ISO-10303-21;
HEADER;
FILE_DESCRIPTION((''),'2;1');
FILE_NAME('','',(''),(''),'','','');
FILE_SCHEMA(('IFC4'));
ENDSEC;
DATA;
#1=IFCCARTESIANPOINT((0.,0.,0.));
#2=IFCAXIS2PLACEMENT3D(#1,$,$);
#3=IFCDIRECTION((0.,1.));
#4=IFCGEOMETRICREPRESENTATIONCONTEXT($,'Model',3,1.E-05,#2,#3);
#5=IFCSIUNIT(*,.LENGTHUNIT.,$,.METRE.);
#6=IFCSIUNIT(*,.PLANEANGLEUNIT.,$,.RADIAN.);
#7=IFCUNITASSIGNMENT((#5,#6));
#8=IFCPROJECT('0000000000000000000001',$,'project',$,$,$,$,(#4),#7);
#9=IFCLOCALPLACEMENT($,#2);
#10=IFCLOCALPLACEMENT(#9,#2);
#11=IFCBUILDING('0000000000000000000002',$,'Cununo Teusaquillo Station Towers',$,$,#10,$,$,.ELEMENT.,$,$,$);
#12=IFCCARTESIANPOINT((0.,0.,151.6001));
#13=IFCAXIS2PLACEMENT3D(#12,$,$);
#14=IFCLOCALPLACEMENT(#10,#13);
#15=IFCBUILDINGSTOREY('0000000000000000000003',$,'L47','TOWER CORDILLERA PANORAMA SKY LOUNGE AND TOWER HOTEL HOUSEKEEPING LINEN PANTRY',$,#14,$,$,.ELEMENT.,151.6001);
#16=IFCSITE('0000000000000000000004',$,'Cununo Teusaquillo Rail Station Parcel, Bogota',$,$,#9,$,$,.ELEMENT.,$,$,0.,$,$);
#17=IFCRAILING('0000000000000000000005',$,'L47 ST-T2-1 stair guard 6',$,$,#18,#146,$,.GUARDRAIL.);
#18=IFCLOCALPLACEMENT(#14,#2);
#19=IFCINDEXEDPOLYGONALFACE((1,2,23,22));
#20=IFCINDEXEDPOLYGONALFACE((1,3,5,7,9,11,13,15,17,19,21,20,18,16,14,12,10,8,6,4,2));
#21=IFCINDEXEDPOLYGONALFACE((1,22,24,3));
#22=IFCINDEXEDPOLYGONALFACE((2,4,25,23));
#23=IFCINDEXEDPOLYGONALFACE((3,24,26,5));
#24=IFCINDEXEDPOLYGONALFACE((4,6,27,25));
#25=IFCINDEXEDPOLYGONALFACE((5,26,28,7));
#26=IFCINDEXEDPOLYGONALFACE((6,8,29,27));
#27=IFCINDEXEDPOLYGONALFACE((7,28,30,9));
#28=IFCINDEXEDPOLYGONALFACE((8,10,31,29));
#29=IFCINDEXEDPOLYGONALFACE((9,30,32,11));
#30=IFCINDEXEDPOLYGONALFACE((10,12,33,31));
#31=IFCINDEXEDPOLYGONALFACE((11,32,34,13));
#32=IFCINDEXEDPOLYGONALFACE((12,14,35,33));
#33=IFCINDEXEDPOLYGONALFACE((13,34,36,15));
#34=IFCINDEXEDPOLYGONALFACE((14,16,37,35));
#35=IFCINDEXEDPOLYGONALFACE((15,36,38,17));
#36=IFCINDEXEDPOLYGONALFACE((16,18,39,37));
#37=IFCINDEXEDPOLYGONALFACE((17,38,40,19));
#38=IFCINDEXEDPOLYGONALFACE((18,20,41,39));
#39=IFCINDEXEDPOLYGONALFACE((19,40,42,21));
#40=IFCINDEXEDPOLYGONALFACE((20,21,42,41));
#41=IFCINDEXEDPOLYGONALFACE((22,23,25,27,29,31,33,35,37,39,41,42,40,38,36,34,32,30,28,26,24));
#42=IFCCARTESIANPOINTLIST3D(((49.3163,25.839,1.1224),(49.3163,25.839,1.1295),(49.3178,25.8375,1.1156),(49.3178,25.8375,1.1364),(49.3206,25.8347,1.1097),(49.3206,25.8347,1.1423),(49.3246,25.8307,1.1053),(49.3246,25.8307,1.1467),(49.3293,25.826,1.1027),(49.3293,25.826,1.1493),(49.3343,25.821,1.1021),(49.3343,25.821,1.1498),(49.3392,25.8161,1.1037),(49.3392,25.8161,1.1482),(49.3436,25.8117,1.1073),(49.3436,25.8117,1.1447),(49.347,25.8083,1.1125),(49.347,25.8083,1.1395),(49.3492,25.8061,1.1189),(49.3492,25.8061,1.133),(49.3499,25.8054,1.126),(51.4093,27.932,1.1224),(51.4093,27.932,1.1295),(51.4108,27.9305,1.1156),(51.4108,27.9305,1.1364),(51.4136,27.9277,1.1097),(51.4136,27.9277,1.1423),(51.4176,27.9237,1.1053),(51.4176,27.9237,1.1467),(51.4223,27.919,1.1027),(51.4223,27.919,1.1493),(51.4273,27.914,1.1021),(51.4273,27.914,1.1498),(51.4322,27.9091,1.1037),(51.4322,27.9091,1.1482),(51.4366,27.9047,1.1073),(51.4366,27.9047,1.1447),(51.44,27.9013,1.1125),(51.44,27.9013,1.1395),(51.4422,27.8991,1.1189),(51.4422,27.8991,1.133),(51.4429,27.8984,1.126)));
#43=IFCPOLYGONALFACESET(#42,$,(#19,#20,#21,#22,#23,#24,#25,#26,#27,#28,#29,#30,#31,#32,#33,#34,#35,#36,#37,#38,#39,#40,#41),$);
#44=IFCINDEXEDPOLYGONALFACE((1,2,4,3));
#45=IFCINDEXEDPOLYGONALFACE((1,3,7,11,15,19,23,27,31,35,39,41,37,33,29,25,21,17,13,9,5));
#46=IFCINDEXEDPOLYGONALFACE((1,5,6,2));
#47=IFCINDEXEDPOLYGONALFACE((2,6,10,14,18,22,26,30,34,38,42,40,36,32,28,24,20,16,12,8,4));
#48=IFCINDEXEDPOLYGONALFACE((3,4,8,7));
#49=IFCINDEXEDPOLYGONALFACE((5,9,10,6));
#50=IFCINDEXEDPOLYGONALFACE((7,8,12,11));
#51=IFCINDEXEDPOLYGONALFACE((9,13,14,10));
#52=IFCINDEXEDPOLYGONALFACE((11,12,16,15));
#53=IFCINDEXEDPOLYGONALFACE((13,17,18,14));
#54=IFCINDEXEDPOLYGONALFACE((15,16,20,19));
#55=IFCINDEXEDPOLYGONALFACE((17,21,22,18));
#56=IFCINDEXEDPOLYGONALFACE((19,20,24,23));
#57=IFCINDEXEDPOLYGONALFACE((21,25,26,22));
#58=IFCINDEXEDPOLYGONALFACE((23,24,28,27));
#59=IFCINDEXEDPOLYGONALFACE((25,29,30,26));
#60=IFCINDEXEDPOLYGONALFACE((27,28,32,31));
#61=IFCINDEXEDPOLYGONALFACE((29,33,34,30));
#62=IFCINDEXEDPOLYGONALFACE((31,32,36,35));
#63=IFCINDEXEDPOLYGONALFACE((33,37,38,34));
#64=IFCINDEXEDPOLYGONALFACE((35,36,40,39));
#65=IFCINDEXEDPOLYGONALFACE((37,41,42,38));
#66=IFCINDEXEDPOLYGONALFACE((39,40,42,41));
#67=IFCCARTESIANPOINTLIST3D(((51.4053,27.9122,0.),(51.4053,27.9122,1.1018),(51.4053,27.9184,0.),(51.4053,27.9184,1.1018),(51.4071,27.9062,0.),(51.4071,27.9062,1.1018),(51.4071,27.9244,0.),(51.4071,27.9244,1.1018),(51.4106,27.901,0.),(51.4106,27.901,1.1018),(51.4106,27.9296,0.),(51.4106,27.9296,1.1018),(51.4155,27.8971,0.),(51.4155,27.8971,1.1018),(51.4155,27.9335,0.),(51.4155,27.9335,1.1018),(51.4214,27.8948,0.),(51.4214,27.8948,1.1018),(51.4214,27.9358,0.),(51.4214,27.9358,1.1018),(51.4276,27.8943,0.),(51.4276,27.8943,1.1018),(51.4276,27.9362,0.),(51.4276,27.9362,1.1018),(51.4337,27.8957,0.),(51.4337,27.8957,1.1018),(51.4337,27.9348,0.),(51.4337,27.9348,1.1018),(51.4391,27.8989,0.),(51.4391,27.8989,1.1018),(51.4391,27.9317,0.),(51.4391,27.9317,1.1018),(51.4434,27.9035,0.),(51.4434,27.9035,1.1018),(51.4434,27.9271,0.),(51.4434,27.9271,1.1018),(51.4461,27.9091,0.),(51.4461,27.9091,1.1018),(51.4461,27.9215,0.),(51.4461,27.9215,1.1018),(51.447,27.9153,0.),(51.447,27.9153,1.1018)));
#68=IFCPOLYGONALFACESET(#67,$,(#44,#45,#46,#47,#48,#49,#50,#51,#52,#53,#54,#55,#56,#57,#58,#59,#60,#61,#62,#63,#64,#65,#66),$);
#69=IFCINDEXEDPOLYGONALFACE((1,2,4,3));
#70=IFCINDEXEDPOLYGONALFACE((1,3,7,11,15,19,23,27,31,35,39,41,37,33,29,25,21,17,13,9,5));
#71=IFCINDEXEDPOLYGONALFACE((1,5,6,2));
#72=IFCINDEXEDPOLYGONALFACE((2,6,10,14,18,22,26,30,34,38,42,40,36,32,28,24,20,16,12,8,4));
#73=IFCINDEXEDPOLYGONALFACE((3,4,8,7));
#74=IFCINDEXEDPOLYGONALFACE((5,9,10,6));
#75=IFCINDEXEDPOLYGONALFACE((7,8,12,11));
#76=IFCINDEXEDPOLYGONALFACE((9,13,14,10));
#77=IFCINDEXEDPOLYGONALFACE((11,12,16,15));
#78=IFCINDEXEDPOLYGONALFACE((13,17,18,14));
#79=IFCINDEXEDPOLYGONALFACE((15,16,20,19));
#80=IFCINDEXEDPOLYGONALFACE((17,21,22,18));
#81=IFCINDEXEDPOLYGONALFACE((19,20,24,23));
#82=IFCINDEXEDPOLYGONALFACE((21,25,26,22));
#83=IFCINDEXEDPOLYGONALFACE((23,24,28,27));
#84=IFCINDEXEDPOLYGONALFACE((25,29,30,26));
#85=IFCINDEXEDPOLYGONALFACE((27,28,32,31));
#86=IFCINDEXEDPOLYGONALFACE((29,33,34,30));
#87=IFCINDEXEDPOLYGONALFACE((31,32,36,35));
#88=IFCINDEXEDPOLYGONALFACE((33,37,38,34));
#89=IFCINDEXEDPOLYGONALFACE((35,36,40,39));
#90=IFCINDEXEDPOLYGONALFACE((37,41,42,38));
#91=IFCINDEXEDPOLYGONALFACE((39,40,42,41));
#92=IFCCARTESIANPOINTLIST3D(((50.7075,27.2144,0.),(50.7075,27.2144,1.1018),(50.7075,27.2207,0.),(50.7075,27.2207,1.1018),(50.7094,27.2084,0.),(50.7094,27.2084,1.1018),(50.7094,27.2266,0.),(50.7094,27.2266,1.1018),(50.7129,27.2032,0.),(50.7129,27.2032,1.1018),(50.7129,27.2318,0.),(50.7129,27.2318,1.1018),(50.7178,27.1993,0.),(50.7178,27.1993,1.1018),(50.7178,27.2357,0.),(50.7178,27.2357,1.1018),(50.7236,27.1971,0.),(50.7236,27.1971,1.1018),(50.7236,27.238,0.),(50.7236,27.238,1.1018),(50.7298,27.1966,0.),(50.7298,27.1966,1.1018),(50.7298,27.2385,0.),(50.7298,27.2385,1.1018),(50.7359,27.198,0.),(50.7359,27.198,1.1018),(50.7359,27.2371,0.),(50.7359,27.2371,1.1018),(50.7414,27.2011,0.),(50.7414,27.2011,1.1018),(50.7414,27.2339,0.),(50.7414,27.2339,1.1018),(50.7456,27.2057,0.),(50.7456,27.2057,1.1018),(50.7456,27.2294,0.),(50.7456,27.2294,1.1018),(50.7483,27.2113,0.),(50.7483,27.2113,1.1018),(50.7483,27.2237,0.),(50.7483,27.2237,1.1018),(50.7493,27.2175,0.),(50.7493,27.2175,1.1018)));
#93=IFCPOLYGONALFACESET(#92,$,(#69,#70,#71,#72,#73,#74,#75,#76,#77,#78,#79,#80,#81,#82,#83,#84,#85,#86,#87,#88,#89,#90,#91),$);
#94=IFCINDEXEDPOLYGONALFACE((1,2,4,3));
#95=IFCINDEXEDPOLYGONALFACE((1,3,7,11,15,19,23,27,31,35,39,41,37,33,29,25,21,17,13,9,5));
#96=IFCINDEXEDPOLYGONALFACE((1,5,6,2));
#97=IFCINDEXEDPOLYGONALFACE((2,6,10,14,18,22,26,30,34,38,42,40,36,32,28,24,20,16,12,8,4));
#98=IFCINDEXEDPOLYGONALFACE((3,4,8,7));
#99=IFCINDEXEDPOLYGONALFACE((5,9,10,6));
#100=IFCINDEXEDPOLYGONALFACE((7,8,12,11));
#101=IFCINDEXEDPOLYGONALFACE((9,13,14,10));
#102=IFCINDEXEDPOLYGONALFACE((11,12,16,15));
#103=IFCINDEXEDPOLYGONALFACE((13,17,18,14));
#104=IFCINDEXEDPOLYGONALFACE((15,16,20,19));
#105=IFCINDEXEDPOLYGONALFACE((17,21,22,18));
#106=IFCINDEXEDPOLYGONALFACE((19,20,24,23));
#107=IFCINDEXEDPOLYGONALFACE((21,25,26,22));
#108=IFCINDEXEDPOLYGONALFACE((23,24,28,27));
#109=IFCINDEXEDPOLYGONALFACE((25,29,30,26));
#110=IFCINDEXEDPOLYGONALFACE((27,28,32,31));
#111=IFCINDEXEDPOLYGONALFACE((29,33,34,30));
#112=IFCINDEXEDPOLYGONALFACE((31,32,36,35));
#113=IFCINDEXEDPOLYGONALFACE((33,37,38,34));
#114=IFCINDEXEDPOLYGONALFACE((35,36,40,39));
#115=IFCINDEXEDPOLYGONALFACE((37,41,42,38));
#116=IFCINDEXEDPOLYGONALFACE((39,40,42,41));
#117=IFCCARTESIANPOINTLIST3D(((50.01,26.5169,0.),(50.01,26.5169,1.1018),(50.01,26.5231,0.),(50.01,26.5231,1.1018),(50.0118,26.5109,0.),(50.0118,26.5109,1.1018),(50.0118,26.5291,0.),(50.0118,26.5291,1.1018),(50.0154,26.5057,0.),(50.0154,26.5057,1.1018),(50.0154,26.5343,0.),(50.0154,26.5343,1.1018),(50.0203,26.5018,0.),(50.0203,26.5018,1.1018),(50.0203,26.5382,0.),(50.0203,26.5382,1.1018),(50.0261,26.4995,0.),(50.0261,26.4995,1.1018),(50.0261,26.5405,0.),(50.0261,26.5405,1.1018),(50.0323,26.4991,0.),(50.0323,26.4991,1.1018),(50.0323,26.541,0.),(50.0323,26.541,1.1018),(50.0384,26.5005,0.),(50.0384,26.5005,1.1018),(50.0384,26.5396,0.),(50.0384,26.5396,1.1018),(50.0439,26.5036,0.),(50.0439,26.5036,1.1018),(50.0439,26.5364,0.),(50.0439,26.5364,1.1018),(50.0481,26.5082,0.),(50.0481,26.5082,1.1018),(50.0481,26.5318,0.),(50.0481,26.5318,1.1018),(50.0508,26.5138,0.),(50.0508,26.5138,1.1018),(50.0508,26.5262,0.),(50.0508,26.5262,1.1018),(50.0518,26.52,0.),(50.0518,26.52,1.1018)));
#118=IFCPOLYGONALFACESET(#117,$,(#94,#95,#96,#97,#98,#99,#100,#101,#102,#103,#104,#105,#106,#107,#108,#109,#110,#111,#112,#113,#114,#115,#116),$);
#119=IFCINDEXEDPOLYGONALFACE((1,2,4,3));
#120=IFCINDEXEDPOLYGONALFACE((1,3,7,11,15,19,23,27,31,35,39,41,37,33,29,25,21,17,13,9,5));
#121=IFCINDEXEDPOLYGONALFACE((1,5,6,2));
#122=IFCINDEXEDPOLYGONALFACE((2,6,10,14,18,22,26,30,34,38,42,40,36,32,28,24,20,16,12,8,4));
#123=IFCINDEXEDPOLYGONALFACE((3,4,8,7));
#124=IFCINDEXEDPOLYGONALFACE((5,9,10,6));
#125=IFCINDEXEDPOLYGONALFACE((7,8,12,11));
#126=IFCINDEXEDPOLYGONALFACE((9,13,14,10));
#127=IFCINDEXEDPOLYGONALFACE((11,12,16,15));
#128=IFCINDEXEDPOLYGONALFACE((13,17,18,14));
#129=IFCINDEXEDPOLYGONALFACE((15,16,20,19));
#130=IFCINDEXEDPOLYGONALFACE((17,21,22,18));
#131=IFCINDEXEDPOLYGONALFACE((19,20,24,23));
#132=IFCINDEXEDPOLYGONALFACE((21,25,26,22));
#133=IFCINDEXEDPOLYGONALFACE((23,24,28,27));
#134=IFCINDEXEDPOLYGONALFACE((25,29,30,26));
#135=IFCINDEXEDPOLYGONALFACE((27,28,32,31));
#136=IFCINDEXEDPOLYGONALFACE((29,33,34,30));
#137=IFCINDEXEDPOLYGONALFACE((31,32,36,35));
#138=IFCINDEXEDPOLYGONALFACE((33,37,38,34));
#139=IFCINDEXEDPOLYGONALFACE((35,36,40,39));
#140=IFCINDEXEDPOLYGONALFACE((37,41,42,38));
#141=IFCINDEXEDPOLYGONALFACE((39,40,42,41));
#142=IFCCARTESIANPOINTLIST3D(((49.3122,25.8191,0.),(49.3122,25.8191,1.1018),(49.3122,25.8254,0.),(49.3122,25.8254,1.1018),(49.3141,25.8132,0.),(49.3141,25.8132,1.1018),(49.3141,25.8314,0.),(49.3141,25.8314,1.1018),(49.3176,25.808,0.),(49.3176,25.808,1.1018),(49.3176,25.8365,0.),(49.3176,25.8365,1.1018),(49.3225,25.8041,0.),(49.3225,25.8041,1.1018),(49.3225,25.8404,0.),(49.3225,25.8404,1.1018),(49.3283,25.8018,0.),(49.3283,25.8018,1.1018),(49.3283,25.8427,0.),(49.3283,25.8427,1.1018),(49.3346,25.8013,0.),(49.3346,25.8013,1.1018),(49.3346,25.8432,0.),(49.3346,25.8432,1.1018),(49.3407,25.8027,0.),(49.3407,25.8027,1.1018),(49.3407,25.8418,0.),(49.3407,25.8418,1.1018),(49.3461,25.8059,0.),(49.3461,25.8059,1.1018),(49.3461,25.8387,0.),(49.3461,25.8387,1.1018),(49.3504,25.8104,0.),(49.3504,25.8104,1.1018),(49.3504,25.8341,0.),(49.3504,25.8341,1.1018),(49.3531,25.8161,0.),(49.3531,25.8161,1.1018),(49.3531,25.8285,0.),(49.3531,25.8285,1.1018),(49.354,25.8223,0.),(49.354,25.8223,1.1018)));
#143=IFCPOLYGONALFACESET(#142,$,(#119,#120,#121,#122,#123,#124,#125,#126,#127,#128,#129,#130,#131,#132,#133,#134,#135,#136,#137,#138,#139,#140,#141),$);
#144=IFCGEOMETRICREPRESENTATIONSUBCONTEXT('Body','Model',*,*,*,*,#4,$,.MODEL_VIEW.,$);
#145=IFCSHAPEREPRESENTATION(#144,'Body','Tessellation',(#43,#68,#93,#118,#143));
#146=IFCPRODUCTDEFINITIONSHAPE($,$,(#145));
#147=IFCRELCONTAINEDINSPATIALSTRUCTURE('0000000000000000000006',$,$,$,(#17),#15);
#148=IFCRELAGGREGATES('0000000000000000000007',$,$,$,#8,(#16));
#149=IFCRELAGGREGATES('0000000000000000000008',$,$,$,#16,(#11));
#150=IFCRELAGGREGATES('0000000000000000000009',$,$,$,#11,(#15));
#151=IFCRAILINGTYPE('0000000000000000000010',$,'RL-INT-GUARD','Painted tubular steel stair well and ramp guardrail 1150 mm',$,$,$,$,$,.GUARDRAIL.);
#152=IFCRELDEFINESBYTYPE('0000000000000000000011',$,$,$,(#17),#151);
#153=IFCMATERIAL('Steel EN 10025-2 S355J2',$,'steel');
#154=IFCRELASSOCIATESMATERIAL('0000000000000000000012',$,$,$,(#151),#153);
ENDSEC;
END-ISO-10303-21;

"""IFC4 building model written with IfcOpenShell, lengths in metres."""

from ifc_helpers import new_model, si_unit, direction, frame, origin, origin_2d, place, context, subcontext, project, spatial, circle, extrude, material, type_object, element, save


model = new_model("IFC4")

# Units and contexts
model_context = context("Model", 3, precision=1e-05, world=origin(), true_north=direction((0.0, 1.0)))
body_context = subcontext(model_context, "Body", "Model", "MODEL_VIEW")
ifc_project = project(units=[si_unit("LENGTHUNIT", "METRE"), si_unit("PLANEANGLEUNIT", "RADIAN")], contexts=[model_context])

# Site, building, storey
site_placement = place(None, origin())
site = spatial("IfcSite", under=ifc_project, at=site_placement, Name="Cununo Teusaquillo Rail Station Parcel, Bogota", CompositionType="ELEMENT", RefElevation=0.0)
building_placement = place(site_placement, origin())
building = spatial("IfcBuilding", under=site, at=building_placement, Name="Cununo Teusaquillo Station Towers", CompositionType="ELEMENT")
storey_placement = place(building_placement, frame((0.0, 0.0, 151.6001)))
storey = spatial("IfcBuildingStorey", under=building, at=storey_placement, Name="L47", Description="TOWER CORDILLERA PANORAMA SKY LOUNGE AND TOWER HOTEL HOUSEKEEPING LINEN PANTRY", CompositionType="ELEMENT", Elevation=151.6001)

# Railing
ifc_material_1 = material(Name="Steel EN 10025-2 S355J2", Category="steel")
railing_type = type_object("IfcRailingType", Name="RL-INT-GUARD", Description="Painted tubular steel stair well and ramp guardrail 1150 mm", PredefinedType="GUARDRAIL", material=ifc_material_1)
railing_1_placement = place(storey_placement, frame((51.426, 27.9153, 0.0)))
element("IfcRailing", 1, at=railing_1_placement, inside=storey, type_object=railing_type, Name="L47 ST-T2-1 stair guard 6", PredefinedType="GUARDRAIL", context=body_context, shape_type="SweptSolid", body=[
    extrude(circle(Radius=0.0239, at=origin_2d()), frame((0.0, 0.0, 1.126), z_axis=(-0.707107, -0.707107, 0.0), x_axis=(0.707107, -0.707107, 0.0)), (0.0, 0.0, 1.0), 2.96),
    extrude(circle(Radius=0.021, at=origin_2d()), origin(), (0.0, 0.0, 1.0), 1.1018),
    extrude(circle(Radius=0.021, at=origin_2d()), frame((-0.6978, -0.6978, 0.0)), (0.0, 0.0, 1.0), 1.1018),
    extrude(circle(Radius=0.021, at=origin_2d()), frame((-1.3953, -1.3953, 0.0)), (0.0, 0.0, 1.0), 1.1018),
    extrude(circle(Radius=0.021, at=origin_2d()), frame((-2.093, -2.093, 0.0)), (0.0, 0.0, 1.0), 1.1018),
])

save(model, "model.ifc")
